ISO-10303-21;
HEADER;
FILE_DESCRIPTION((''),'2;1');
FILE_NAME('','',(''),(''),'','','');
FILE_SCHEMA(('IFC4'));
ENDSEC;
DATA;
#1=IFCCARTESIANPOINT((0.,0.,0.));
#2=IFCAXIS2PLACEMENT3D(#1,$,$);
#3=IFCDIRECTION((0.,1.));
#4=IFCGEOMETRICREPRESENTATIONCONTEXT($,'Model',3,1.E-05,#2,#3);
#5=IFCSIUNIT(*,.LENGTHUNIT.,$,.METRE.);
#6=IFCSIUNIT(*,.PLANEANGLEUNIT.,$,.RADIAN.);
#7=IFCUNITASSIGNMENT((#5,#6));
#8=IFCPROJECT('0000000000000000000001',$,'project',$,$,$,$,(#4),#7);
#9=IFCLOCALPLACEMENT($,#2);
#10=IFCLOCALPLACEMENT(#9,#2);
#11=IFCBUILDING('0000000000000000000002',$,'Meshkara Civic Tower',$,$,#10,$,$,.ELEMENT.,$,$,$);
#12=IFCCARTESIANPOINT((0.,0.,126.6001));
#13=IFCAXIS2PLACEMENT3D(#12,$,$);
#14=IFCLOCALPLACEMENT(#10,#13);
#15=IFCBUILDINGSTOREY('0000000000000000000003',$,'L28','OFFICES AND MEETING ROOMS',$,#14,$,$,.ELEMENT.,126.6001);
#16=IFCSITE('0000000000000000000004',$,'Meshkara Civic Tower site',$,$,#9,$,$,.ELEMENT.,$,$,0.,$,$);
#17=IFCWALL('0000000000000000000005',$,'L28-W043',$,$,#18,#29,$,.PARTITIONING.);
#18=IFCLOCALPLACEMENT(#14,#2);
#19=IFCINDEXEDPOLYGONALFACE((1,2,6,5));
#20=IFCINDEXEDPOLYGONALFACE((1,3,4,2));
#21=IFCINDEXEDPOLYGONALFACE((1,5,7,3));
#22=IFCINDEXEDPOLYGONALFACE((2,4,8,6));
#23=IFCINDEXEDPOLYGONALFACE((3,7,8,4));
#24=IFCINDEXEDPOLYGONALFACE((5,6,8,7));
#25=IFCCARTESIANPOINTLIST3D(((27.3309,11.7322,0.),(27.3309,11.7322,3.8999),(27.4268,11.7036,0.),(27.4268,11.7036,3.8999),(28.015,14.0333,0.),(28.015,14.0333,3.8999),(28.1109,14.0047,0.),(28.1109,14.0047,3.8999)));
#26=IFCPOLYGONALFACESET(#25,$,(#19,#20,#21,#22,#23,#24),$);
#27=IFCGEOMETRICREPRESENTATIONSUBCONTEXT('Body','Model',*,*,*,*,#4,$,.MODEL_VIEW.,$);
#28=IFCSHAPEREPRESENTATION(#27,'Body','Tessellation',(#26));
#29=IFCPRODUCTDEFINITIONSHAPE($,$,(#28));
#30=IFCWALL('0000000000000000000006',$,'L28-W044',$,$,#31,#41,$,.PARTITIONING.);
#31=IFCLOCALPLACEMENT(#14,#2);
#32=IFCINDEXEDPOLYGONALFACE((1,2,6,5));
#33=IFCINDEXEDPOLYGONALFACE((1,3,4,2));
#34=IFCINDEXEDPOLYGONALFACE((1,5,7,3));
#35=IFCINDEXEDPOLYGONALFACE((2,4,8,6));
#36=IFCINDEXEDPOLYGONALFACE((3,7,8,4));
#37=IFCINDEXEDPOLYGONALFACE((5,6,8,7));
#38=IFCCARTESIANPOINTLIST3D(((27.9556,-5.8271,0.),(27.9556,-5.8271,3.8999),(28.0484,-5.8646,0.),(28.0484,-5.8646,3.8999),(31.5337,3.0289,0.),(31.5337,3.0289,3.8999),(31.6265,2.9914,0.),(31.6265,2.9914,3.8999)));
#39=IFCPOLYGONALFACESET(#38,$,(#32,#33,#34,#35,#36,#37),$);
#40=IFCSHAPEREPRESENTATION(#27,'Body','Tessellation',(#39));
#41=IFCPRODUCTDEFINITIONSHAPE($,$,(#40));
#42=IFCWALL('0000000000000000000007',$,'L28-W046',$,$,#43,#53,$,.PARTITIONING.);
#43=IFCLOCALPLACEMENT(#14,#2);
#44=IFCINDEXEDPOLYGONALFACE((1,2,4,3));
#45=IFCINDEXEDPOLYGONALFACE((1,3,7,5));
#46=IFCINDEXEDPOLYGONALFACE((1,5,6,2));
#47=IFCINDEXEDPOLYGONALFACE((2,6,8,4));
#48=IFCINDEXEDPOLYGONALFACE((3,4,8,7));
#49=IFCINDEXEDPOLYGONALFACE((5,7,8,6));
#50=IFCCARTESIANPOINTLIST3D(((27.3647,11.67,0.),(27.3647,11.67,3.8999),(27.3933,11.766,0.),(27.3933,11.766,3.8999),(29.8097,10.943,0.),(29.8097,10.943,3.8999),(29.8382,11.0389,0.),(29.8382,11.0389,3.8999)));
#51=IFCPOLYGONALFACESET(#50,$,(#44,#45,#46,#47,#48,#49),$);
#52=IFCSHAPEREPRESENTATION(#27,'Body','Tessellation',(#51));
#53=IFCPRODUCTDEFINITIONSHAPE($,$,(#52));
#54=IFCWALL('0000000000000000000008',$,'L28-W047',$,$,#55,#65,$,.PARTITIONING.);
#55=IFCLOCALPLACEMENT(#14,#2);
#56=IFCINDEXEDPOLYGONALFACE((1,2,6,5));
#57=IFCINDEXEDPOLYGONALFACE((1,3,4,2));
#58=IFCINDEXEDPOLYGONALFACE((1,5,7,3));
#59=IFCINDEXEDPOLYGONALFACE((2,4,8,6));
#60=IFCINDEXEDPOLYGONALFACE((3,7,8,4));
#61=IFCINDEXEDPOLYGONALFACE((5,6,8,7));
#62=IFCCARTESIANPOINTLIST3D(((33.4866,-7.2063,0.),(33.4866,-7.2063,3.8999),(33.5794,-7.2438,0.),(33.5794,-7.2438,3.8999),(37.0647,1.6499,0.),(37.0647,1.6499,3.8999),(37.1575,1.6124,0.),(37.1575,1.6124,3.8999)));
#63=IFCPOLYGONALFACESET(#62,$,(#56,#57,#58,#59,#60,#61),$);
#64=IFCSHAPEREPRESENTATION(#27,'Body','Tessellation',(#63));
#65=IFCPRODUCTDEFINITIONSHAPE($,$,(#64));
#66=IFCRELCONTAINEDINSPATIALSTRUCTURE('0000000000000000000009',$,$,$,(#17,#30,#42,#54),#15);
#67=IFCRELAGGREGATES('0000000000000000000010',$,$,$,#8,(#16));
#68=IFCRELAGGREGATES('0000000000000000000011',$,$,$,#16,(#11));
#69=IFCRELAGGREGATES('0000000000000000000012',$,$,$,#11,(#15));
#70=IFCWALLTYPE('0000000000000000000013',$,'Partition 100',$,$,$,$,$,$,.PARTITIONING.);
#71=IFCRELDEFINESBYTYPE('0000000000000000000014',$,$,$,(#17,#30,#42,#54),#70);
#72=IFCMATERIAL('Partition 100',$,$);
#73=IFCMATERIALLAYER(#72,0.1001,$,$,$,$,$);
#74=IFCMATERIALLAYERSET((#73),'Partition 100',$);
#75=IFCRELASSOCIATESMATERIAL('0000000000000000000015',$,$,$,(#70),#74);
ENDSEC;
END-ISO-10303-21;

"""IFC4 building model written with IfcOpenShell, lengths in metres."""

from ifc_helpers import new_model, si_unit, direction, frame, frame_2d, origin, place, context, subcontext, project, spatial, rectangle, extrude, material, layer, layer_set, type_object, element, save


model = new_model("IFC4")

# Units and contexts
model_context = context("Model", 3, precision=1e-05, world=origin(), true_north=direction((0.0, 1.0)))
body_context = subcontext(model_context, "Body", "Model", "MODEL_VIEW")
ifc_project = project(units=[si_unit("LENGTHUNIT", "METRE"), si_unit("PLANEANGLEUNIT", "RADIAN")], contexts=[model_context])

# Site, building, storey
site_placement = place(None, origin())
site = spatial("IfcSite", under=ifc_project, at=site_placement, Name="Meshkara Civic Tower site", CompositionType="ELEMENT", RefElevation=0.0)
building_placement = place(site_placement, origin())
building = spatial("IfcBuilding", under=site, at=building_placement, Name="Meshkara Civic Tower", CompositionType="ELEMENT")
storey_placement = place(building_placement, frame((0.0, 0.0, 126.6001)))
storey = spatial("IfcBuildingStorey", under=building, at=storey_placement, Name="L28", Description="OFFICES AND MEETING ROOMS", CompositionType="ELEMENT", Elevation=126.6001)

# Walls
ifc_material_1 = material(Name="Partition 100")
ifc_layer_1 = layer(ifc_material_1, 0.1001)
ifc_layer_set_1 = layer_set([ifc_layer_1], Name="Partition 100")
wall_type_1 = type_object("IfcWallType", Name="Partition 100", PredefinedType="PARTITIONING", material=ifc_layer_set_1)
wall_1_placement = place(storey_placement, frame((27.3789, 11.718, 0.0), z_axis=(0.0, 0.0, 1.0), x_axis=(0.284968, 0.958537, 0.0)))
element("IfcWall", 1, at=wall_1_placement, inside=storey, type_object=wall_type_1, Name="L28-W043", PredefinedType="PARTITIONING", context=body_context, shape_type="SweptSolid", body=[
    extrude(rectangle(XDim=2.4006, YDim=0.1001, at=frame_2d((1.2002, 0.0))), origin(), (0.0, 0.0, 1.0), 3.8999),
])
wall_2_placement = place(storey_placement, frame((28.002, -5.8459, 0.0), z_axis=(0.0, 0.0, 1.0), x_axis=(0.374614, 0.927181, 0.0)))
element("IfcWall", 2, at=wall_2_placement, inside=storey, type_object=wall_type_1, Name="L28-W044", PredefinedType="PARTITIONING", context=body_context, shape_type="SweptSolid", body=[
    extrude(rectangle(XDim=9.5515, YDim=0.1001, at=frame_2d((4.7759, 0.0))), origin(), (0.0, 0.0, 1.0), 3.8999),
])
wall_3_placement = place(storey_placement, frame((29.824, 10.991, 0.0), z_axis=(0.0, 0.0, 1.0), x_axis=(-0.958522, 0.28502, 0.0)))
element("IfcWall", 3, at=wall_3_placement, inside=storey, type_object=wall_type_1, Name="L28-W046", PredefinedType="PARTITIONING", context=body_context, shape_type="SweptSolid", body=[
    extrude(rectangle(XDim=2.5508, YDim=0.1001, at=frame_2d((1.2754, 0.0))), origin(), (0.0, 0.0, 1.0), 3.8999),
])
wall_4_placement = place(storey_placement, frame((33.533, -7.2251, 0.0), z_axis=(0.0, 0.0, 1.0), x_axis=(0.374605, 0.927184, 0.0)))
element("IfcWall", 4, at=wall_4_placement, inside=storey, type_object=wall_type_1, Name="L28-W047", PredefinedType="PARTITIONING", context=body_context, shape_type="SweptSolid", body=[
    extrude(rectangle(XDim=9.5518, YDim=0.1001, at=frame_2d((4.7759, 0.0))), origin(), (0.0, 0.0, 1.0), 3.8999),
])

save(model, "model.ifc")
